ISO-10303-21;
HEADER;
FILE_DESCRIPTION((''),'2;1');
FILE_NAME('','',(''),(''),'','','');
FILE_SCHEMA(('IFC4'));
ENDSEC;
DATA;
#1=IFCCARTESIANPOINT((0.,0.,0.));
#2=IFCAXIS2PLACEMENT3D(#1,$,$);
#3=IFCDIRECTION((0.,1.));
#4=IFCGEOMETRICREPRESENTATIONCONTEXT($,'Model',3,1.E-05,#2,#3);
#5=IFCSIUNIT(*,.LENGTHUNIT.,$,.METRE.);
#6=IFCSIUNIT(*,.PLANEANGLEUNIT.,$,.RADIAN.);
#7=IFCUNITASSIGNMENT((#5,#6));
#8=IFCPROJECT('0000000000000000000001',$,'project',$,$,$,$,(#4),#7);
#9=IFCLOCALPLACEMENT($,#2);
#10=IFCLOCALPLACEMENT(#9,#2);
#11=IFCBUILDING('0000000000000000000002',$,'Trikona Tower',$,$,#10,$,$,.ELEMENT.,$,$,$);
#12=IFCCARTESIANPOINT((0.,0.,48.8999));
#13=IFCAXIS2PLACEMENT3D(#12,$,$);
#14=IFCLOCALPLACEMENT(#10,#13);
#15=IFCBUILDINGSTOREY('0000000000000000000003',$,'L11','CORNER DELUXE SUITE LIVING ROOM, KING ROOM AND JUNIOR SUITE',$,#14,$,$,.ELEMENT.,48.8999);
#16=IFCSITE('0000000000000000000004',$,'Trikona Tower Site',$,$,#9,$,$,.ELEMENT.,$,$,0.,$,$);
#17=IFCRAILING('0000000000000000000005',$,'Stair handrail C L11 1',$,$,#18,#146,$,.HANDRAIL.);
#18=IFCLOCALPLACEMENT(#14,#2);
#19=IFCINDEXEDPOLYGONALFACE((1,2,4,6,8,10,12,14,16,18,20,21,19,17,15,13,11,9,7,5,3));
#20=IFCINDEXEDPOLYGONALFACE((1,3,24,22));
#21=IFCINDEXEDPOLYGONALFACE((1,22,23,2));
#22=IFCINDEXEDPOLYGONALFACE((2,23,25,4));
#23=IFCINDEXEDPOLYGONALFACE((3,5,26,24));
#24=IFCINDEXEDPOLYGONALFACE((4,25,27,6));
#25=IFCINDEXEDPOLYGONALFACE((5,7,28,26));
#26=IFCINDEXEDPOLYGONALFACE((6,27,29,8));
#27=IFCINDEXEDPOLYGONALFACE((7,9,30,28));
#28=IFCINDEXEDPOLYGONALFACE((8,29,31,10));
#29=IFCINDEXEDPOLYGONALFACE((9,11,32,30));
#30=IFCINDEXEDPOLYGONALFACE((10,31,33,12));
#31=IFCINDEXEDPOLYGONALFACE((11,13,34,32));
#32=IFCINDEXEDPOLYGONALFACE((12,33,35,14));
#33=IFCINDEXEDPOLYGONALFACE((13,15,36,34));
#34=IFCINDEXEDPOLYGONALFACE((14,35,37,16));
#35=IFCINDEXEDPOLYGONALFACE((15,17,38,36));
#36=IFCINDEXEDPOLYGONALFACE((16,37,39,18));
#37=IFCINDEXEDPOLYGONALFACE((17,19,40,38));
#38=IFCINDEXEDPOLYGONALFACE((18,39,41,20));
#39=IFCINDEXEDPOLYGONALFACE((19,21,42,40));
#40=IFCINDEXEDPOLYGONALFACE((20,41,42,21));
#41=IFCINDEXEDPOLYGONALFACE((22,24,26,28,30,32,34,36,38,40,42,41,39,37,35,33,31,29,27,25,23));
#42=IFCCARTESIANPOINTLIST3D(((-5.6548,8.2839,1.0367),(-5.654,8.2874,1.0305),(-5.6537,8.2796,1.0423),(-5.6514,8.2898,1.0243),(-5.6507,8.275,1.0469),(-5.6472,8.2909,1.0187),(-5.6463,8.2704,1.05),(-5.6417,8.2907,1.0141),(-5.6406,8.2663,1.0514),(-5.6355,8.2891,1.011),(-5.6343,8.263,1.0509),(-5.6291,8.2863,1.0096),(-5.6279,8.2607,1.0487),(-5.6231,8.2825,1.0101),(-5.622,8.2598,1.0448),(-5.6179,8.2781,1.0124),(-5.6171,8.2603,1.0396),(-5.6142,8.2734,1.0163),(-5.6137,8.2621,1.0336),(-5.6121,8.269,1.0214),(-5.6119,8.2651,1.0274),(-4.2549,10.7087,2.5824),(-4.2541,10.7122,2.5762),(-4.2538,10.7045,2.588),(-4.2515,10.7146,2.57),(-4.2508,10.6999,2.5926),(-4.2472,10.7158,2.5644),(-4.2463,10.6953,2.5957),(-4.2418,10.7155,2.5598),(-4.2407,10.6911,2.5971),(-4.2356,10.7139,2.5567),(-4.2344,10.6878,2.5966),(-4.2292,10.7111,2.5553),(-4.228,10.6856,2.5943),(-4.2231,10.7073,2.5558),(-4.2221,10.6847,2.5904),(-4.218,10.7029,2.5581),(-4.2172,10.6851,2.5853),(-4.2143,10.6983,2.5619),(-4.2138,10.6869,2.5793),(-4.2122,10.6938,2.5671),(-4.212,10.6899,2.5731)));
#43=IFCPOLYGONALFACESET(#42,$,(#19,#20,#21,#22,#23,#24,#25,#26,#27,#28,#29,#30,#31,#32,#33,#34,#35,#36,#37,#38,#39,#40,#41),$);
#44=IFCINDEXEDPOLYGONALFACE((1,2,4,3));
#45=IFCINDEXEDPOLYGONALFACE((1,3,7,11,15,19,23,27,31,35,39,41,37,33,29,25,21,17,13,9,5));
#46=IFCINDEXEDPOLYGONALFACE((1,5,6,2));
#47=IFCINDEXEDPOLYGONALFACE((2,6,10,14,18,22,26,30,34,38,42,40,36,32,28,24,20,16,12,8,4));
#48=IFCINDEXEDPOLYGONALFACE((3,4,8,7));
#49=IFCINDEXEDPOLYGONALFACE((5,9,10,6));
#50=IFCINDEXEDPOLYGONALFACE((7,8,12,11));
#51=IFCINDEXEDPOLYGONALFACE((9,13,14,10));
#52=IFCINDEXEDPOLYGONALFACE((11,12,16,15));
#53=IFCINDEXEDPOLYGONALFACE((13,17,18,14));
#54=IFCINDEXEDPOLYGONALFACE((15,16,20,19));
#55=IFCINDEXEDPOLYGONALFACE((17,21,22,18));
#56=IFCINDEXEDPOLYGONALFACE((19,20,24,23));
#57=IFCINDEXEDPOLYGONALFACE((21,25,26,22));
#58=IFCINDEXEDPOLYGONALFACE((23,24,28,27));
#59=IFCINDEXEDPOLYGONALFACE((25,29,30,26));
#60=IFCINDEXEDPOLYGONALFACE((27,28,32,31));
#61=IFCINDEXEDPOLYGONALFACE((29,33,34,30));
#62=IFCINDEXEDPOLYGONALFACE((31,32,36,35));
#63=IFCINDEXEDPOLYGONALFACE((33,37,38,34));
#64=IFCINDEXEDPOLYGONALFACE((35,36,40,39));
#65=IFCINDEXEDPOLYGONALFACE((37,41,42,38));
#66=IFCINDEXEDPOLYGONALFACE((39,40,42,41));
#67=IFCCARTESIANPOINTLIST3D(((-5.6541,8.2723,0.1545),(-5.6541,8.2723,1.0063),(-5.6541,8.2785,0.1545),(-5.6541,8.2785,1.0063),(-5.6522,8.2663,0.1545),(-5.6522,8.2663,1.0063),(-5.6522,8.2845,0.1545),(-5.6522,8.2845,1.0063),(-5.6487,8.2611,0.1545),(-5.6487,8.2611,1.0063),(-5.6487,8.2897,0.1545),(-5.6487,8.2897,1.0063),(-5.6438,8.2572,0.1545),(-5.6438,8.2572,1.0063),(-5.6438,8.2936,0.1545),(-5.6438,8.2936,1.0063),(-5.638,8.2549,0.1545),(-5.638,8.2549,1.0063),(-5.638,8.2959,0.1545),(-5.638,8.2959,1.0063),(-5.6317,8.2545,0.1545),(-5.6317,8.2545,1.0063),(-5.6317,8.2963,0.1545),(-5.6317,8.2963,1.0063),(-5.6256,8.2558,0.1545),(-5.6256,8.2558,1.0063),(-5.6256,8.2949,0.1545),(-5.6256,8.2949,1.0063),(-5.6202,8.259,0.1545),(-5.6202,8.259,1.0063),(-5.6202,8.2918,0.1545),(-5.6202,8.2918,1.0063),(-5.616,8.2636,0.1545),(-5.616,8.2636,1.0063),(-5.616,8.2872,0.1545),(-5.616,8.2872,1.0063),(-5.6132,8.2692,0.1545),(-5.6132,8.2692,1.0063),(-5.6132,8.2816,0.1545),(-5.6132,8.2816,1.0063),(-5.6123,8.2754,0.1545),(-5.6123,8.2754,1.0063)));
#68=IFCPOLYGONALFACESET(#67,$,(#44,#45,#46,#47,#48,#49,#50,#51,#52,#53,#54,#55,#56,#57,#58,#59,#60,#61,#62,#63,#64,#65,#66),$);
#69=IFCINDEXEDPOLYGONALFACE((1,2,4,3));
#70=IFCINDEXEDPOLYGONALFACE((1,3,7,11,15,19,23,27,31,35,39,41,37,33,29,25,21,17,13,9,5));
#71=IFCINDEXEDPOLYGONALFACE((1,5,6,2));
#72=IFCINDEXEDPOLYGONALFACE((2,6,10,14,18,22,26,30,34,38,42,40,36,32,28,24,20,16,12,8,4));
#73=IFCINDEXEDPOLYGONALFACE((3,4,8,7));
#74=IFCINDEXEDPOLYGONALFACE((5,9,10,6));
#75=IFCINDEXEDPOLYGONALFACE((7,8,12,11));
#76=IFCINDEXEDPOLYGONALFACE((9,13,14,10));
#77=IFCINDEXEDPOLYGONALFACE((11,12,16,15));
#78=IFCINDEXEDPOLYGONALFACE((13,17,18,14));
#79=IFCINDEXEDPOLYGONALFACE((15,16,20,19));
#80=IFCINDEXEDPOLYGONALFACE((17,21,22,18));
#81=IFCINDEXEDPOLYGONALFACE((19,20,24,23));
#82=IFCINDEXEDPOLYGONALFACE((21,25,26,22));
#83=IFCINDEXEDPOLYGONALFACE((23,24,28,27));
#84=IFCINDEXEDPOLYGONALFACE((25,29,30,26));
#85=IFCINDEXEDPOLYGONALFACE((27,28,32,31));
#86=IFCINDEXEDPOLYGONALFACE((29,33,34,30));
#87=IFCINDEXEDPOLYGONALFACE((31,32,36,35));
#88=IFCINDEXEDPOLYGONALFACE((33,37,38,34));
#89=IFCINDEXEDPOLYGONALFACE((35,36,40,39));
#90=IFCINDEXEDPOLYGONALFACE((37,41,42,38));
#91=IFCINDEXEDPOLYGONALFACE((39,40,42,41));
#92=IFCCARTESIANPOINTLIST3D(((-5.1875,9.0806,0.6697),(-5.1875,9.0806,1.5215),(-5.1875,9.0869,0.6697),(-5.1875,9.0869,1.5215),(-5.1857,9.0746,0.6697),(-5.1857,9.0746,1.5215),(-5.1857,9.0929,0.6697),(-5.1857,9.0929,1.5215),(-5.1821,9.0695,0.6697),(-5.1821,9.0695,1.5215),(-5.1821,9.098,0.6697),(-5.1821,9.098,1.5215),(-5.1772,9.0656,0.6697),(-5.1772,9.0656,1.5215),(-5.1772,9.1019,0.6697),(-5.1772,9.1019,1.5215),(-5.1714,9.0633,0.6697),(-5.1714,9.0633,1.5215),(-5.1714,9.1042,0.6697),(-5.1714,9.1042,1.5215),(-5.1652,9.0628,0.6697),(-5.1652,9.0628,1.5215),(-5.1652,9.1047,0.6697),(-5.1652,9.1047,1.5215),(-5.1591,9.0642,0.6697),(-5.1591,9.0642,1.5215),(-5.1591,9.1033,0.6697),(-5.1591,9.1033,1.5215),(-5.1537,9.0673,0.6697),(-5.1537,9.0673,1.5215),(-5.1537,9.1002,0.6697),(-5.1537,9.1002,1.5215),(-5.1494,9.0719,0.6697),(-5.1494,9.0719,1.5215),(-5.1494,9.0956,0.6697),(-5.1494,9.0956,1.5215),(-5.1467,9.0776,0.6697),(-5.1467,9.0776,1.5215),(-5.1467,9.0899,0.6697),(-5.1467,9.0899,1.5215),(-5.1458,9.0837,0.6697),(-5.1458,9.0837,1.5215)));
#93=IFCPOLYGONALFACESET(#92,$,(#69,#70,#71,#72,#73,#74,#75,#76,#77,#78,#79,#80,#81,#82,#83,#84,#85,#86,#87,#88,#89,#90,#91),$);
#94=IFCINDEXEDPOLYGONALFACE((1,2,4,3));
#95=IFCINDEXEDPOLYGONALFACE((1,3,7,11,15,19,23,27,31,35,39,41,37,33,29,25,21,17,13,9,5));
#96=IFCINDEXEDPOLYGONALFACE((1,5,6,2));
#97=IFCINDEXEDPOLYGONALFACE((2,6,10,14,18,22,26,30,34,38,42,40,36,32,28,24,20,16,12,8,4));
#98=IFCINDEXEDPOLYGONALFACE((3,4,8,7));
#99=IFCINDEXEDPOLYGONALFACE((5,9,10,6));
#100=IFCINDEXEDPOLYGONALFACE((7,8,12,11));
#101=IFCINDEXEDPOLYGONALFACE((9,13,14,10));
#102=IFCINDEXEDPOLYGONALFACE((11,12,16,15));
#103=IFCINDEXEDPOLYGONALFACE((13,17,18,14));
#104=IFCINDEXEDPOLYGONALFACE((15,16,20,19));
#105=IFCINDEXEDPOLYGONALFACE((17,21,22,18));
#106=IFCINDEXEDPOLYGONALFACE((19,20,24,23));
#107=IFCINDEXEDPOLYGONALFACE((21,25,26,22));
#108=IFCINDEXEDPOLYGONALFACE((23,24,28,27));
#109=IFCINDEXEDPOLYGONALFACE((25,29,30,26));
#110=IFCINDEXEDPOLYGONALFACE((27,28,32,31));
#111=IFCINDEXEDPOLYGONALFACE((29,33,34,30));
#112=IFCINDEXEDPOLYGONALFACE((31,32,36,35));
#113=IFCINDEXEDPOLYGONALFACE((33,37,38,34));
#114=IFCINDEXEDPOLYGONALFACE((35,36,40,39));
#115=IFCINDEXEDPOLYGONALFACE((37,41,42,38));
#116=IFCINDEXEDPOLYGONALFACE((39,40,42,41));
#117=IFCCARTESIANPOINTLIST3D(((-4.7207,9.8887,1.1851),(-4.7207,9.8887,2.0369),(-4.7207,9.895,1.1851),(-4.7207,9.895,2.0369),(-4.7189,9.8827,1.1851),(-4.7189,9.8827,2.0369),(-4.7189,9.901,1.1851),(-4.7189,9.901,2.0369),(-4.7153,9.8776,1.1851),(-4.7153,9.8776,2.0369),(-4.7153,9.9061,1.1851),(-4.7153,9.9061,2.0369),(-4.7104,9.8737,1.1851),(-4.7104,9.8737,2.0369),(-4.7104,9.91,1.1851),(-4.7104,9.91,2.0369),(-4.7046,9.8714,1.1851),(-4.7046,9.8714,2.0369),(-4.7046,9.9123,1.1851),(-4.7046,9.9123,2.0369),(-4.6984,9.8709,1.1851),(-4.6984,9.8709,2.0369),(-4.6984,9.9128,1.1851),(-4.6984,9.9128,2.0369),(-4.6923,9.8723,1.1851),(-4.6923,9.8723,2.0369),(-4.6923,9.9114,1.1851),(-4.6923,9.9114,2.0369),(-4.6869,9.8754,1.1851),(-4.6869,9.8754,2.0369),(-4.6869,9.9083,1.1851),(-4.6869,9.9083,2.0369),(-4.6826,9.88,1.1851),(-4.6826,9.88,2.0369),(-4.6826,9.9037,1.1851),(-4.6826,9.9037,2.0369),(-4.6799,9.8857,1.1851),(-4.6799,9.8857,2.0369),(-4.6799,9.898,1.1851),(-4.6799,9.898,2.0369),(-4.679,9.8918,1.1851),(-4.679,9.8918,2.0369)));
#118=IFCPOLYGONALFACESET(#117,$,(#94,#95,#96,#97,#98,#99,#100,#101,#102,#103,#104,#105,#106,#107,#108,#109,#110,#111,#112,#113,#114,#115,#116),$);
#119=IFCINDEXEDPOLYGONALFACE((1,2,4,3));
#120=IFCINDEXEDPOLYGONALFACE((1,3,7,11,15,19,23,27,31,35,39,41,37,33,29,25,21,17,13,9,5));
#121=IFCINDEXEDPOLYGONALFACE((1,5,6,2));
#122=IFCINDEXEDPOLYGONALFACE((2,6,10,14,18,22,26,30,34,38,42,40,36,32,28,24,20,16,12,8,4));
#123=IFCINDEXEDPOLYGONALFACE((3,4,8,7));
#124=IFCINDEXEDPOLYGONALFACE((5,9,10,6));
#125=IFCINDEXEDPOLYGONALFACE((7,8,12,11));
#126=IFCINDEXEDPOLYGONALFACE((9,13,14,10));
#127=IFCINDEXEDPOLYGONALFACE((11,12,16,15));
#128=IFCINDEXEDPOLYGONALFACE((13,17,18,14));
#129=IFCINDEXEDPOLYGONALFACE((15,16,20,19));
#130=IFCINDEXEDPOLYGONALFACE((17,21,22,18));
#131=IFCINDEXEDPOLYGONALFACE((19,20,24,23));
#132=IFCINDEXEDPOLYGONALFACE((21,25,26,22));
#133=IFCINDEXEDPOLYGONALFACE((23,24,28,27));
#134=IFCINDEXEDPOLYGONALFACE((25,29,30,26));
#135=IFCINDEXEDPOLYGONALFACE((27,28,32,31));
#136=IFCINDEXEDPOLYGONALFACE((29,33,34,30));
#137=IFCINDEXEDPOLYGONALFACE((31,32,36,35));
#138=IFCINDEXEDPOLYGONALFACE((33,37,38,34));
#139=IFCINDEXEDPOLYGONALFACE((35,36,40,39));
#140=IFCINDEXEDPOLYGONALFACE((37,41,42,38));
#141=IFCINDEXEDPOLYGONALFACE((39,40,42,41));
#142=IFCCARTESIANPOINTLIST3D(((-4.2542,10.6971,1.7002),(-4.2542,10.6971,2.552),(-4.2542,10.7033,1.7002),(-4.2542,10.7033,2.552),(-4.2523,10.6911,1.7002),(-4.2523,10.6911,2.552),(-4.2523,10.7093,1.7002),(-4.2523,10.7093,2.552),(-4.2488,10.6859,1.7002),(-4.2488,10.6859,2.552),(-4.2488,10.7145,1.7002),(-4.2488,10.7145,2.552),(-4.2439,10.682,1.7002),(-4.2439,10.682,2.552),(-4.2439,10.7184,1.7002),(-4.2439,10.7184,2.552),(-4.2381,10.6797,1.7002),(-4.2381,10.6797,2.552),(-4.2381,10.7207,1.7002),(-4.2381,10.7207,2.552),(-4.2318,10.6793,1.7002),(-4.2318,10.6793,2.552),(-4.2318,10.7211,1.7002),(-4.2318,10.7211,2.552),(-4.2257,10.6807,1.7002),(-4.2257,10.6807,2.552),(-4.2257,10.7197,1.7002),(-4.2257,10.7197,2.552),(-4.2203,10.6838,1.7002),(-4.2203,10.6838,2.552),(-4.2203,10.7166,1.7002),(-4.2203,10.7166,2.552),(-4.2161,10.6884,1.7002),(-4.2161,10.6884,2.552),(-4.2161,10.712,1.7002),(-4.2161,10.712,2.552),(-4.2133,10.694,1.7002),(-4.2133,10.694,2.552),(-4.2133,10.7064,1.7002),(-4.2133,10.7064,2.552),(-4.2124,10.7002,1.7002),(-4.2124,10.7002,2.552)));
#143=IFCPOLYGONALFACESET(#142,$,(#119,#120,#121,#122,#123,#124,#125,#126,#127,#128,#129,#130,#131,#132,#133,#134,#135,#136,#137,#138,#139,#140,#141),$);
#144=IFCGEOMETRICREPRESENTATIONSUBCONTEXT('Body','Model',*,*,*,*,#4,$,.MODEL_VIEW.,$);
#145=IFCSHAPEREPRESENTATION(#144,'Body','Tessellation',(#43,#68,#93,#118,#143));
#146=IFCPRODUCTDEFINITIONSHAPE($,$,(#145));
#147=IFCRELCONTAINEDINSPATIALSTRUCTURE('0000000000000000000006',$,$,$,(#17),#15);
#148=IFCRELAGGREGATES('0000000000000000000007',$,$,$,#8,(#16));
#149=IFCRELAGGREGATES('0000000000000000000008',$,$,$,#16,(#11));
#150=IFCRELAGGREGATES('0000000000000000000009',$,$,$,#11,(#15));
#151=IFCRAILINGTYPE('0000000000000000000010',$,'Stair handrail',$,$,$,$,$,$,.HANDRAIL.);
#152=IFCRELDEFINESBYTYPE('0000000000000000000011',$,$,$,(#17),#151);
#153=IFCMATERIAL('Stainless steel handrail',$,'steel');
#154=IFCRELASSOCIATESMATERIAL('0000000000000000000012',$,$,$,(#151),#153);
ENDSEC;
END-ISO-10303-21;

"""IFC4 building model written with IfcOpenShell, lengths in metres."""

from ifc_helpers import new_model, si_unit, direction, frame, origin, origin_2d, place, context, subcontext, project, spatial, circle, extrude, material, type_object, element, save


model = new_model("IFC4")

# Units and contexts
model_context = context("Model", 3, precision=1e-05, world=origin(), true_north=direction((0.0, 1.0)))
body_context = subcontext(model_context, "Body", "Model", "MODEL_VIEW")
ifc_project = project(units=[si_unit("LENGTHUNIT", "METRE"), si_unit("PLANEANGLEUNIT", "RADIAN")], contexts=[model_context])

# Site, building, storey
site_placement = place(None, origin())
site = spatial("IfcSite", under=ifc_project, at=site_placement, Name="Trikona Tower Site", CompositionType="ELEMENT", RefElevation=0.0)
building_placement = place(site_placement, origin())
building = spatial("IfcBuilding", under=site, at=building_placement, Name="Trikona Tower", CompositionType="ELEMENT")
storey_placement = place(building_placement, frame((0.0, 0.0, 48.8999)))
storey = spatial("IfcBuildingStorey", under=building, at=storey_placement, Name="L11", Description="CORNER DELUXE SUITE LIVING ROOM, KING ROOM AND JUNIOR SUITE", CompositionType="ELEMENT", Elevation=48.8999)

# Railing
ifc_material_1 = material(Name="Stainless steel handrail", Category="steel")
railing_type = type_object("IfcRailingType", Name="Stair handrail", PredefinedType="HANDRAIL", material=ifc_material_1)
railing_1_placement = place(storey_placement, frame((-5.6333, 8.2754, 0.1545)))
element("IfcRailing", 1, at=railing_1_placement, inside=storey, type_object=railing_type, Name="Stair handrail C L11 1", PredefinedType="HANDRAIL", context=body_context, shape_type="SweptSolid", body=[
    extrude(circle(Radius=0.0239, at=origin_2d()), frame((0.0, 0.0, 0.876), z_axis=(0.437716, 0.758179, 0.48329), x_axis=(-0.866035, 0.499984, 0.0)), (0.0, 0.0, 1.0), 3.1982),
    extrude(circle(Radius=0.021, at=origin_2d()), origin(), (0.0, 0.0, 1.0), 0.8518),
    extrude(circle(Radius=0.021, at=origin_2d()), frame((0.4666, 0.8083, 0.5151)), (0.0, 0.0, 1.0), 0.8518),
    extrude(circle(Radius=0.021, at=origin_2d()), frame((0.9333, 1.6165, 1.0305)), (0.0, 0.0, 1.0), 0.8518),
    extrude(circle(Radius=0.021, at=origin_2d()), frame((1.3999, 2.4248, 1.5457)), (0.0, 0.0, 1.0), 0.8518),
])

save(model, "model.ifc")
